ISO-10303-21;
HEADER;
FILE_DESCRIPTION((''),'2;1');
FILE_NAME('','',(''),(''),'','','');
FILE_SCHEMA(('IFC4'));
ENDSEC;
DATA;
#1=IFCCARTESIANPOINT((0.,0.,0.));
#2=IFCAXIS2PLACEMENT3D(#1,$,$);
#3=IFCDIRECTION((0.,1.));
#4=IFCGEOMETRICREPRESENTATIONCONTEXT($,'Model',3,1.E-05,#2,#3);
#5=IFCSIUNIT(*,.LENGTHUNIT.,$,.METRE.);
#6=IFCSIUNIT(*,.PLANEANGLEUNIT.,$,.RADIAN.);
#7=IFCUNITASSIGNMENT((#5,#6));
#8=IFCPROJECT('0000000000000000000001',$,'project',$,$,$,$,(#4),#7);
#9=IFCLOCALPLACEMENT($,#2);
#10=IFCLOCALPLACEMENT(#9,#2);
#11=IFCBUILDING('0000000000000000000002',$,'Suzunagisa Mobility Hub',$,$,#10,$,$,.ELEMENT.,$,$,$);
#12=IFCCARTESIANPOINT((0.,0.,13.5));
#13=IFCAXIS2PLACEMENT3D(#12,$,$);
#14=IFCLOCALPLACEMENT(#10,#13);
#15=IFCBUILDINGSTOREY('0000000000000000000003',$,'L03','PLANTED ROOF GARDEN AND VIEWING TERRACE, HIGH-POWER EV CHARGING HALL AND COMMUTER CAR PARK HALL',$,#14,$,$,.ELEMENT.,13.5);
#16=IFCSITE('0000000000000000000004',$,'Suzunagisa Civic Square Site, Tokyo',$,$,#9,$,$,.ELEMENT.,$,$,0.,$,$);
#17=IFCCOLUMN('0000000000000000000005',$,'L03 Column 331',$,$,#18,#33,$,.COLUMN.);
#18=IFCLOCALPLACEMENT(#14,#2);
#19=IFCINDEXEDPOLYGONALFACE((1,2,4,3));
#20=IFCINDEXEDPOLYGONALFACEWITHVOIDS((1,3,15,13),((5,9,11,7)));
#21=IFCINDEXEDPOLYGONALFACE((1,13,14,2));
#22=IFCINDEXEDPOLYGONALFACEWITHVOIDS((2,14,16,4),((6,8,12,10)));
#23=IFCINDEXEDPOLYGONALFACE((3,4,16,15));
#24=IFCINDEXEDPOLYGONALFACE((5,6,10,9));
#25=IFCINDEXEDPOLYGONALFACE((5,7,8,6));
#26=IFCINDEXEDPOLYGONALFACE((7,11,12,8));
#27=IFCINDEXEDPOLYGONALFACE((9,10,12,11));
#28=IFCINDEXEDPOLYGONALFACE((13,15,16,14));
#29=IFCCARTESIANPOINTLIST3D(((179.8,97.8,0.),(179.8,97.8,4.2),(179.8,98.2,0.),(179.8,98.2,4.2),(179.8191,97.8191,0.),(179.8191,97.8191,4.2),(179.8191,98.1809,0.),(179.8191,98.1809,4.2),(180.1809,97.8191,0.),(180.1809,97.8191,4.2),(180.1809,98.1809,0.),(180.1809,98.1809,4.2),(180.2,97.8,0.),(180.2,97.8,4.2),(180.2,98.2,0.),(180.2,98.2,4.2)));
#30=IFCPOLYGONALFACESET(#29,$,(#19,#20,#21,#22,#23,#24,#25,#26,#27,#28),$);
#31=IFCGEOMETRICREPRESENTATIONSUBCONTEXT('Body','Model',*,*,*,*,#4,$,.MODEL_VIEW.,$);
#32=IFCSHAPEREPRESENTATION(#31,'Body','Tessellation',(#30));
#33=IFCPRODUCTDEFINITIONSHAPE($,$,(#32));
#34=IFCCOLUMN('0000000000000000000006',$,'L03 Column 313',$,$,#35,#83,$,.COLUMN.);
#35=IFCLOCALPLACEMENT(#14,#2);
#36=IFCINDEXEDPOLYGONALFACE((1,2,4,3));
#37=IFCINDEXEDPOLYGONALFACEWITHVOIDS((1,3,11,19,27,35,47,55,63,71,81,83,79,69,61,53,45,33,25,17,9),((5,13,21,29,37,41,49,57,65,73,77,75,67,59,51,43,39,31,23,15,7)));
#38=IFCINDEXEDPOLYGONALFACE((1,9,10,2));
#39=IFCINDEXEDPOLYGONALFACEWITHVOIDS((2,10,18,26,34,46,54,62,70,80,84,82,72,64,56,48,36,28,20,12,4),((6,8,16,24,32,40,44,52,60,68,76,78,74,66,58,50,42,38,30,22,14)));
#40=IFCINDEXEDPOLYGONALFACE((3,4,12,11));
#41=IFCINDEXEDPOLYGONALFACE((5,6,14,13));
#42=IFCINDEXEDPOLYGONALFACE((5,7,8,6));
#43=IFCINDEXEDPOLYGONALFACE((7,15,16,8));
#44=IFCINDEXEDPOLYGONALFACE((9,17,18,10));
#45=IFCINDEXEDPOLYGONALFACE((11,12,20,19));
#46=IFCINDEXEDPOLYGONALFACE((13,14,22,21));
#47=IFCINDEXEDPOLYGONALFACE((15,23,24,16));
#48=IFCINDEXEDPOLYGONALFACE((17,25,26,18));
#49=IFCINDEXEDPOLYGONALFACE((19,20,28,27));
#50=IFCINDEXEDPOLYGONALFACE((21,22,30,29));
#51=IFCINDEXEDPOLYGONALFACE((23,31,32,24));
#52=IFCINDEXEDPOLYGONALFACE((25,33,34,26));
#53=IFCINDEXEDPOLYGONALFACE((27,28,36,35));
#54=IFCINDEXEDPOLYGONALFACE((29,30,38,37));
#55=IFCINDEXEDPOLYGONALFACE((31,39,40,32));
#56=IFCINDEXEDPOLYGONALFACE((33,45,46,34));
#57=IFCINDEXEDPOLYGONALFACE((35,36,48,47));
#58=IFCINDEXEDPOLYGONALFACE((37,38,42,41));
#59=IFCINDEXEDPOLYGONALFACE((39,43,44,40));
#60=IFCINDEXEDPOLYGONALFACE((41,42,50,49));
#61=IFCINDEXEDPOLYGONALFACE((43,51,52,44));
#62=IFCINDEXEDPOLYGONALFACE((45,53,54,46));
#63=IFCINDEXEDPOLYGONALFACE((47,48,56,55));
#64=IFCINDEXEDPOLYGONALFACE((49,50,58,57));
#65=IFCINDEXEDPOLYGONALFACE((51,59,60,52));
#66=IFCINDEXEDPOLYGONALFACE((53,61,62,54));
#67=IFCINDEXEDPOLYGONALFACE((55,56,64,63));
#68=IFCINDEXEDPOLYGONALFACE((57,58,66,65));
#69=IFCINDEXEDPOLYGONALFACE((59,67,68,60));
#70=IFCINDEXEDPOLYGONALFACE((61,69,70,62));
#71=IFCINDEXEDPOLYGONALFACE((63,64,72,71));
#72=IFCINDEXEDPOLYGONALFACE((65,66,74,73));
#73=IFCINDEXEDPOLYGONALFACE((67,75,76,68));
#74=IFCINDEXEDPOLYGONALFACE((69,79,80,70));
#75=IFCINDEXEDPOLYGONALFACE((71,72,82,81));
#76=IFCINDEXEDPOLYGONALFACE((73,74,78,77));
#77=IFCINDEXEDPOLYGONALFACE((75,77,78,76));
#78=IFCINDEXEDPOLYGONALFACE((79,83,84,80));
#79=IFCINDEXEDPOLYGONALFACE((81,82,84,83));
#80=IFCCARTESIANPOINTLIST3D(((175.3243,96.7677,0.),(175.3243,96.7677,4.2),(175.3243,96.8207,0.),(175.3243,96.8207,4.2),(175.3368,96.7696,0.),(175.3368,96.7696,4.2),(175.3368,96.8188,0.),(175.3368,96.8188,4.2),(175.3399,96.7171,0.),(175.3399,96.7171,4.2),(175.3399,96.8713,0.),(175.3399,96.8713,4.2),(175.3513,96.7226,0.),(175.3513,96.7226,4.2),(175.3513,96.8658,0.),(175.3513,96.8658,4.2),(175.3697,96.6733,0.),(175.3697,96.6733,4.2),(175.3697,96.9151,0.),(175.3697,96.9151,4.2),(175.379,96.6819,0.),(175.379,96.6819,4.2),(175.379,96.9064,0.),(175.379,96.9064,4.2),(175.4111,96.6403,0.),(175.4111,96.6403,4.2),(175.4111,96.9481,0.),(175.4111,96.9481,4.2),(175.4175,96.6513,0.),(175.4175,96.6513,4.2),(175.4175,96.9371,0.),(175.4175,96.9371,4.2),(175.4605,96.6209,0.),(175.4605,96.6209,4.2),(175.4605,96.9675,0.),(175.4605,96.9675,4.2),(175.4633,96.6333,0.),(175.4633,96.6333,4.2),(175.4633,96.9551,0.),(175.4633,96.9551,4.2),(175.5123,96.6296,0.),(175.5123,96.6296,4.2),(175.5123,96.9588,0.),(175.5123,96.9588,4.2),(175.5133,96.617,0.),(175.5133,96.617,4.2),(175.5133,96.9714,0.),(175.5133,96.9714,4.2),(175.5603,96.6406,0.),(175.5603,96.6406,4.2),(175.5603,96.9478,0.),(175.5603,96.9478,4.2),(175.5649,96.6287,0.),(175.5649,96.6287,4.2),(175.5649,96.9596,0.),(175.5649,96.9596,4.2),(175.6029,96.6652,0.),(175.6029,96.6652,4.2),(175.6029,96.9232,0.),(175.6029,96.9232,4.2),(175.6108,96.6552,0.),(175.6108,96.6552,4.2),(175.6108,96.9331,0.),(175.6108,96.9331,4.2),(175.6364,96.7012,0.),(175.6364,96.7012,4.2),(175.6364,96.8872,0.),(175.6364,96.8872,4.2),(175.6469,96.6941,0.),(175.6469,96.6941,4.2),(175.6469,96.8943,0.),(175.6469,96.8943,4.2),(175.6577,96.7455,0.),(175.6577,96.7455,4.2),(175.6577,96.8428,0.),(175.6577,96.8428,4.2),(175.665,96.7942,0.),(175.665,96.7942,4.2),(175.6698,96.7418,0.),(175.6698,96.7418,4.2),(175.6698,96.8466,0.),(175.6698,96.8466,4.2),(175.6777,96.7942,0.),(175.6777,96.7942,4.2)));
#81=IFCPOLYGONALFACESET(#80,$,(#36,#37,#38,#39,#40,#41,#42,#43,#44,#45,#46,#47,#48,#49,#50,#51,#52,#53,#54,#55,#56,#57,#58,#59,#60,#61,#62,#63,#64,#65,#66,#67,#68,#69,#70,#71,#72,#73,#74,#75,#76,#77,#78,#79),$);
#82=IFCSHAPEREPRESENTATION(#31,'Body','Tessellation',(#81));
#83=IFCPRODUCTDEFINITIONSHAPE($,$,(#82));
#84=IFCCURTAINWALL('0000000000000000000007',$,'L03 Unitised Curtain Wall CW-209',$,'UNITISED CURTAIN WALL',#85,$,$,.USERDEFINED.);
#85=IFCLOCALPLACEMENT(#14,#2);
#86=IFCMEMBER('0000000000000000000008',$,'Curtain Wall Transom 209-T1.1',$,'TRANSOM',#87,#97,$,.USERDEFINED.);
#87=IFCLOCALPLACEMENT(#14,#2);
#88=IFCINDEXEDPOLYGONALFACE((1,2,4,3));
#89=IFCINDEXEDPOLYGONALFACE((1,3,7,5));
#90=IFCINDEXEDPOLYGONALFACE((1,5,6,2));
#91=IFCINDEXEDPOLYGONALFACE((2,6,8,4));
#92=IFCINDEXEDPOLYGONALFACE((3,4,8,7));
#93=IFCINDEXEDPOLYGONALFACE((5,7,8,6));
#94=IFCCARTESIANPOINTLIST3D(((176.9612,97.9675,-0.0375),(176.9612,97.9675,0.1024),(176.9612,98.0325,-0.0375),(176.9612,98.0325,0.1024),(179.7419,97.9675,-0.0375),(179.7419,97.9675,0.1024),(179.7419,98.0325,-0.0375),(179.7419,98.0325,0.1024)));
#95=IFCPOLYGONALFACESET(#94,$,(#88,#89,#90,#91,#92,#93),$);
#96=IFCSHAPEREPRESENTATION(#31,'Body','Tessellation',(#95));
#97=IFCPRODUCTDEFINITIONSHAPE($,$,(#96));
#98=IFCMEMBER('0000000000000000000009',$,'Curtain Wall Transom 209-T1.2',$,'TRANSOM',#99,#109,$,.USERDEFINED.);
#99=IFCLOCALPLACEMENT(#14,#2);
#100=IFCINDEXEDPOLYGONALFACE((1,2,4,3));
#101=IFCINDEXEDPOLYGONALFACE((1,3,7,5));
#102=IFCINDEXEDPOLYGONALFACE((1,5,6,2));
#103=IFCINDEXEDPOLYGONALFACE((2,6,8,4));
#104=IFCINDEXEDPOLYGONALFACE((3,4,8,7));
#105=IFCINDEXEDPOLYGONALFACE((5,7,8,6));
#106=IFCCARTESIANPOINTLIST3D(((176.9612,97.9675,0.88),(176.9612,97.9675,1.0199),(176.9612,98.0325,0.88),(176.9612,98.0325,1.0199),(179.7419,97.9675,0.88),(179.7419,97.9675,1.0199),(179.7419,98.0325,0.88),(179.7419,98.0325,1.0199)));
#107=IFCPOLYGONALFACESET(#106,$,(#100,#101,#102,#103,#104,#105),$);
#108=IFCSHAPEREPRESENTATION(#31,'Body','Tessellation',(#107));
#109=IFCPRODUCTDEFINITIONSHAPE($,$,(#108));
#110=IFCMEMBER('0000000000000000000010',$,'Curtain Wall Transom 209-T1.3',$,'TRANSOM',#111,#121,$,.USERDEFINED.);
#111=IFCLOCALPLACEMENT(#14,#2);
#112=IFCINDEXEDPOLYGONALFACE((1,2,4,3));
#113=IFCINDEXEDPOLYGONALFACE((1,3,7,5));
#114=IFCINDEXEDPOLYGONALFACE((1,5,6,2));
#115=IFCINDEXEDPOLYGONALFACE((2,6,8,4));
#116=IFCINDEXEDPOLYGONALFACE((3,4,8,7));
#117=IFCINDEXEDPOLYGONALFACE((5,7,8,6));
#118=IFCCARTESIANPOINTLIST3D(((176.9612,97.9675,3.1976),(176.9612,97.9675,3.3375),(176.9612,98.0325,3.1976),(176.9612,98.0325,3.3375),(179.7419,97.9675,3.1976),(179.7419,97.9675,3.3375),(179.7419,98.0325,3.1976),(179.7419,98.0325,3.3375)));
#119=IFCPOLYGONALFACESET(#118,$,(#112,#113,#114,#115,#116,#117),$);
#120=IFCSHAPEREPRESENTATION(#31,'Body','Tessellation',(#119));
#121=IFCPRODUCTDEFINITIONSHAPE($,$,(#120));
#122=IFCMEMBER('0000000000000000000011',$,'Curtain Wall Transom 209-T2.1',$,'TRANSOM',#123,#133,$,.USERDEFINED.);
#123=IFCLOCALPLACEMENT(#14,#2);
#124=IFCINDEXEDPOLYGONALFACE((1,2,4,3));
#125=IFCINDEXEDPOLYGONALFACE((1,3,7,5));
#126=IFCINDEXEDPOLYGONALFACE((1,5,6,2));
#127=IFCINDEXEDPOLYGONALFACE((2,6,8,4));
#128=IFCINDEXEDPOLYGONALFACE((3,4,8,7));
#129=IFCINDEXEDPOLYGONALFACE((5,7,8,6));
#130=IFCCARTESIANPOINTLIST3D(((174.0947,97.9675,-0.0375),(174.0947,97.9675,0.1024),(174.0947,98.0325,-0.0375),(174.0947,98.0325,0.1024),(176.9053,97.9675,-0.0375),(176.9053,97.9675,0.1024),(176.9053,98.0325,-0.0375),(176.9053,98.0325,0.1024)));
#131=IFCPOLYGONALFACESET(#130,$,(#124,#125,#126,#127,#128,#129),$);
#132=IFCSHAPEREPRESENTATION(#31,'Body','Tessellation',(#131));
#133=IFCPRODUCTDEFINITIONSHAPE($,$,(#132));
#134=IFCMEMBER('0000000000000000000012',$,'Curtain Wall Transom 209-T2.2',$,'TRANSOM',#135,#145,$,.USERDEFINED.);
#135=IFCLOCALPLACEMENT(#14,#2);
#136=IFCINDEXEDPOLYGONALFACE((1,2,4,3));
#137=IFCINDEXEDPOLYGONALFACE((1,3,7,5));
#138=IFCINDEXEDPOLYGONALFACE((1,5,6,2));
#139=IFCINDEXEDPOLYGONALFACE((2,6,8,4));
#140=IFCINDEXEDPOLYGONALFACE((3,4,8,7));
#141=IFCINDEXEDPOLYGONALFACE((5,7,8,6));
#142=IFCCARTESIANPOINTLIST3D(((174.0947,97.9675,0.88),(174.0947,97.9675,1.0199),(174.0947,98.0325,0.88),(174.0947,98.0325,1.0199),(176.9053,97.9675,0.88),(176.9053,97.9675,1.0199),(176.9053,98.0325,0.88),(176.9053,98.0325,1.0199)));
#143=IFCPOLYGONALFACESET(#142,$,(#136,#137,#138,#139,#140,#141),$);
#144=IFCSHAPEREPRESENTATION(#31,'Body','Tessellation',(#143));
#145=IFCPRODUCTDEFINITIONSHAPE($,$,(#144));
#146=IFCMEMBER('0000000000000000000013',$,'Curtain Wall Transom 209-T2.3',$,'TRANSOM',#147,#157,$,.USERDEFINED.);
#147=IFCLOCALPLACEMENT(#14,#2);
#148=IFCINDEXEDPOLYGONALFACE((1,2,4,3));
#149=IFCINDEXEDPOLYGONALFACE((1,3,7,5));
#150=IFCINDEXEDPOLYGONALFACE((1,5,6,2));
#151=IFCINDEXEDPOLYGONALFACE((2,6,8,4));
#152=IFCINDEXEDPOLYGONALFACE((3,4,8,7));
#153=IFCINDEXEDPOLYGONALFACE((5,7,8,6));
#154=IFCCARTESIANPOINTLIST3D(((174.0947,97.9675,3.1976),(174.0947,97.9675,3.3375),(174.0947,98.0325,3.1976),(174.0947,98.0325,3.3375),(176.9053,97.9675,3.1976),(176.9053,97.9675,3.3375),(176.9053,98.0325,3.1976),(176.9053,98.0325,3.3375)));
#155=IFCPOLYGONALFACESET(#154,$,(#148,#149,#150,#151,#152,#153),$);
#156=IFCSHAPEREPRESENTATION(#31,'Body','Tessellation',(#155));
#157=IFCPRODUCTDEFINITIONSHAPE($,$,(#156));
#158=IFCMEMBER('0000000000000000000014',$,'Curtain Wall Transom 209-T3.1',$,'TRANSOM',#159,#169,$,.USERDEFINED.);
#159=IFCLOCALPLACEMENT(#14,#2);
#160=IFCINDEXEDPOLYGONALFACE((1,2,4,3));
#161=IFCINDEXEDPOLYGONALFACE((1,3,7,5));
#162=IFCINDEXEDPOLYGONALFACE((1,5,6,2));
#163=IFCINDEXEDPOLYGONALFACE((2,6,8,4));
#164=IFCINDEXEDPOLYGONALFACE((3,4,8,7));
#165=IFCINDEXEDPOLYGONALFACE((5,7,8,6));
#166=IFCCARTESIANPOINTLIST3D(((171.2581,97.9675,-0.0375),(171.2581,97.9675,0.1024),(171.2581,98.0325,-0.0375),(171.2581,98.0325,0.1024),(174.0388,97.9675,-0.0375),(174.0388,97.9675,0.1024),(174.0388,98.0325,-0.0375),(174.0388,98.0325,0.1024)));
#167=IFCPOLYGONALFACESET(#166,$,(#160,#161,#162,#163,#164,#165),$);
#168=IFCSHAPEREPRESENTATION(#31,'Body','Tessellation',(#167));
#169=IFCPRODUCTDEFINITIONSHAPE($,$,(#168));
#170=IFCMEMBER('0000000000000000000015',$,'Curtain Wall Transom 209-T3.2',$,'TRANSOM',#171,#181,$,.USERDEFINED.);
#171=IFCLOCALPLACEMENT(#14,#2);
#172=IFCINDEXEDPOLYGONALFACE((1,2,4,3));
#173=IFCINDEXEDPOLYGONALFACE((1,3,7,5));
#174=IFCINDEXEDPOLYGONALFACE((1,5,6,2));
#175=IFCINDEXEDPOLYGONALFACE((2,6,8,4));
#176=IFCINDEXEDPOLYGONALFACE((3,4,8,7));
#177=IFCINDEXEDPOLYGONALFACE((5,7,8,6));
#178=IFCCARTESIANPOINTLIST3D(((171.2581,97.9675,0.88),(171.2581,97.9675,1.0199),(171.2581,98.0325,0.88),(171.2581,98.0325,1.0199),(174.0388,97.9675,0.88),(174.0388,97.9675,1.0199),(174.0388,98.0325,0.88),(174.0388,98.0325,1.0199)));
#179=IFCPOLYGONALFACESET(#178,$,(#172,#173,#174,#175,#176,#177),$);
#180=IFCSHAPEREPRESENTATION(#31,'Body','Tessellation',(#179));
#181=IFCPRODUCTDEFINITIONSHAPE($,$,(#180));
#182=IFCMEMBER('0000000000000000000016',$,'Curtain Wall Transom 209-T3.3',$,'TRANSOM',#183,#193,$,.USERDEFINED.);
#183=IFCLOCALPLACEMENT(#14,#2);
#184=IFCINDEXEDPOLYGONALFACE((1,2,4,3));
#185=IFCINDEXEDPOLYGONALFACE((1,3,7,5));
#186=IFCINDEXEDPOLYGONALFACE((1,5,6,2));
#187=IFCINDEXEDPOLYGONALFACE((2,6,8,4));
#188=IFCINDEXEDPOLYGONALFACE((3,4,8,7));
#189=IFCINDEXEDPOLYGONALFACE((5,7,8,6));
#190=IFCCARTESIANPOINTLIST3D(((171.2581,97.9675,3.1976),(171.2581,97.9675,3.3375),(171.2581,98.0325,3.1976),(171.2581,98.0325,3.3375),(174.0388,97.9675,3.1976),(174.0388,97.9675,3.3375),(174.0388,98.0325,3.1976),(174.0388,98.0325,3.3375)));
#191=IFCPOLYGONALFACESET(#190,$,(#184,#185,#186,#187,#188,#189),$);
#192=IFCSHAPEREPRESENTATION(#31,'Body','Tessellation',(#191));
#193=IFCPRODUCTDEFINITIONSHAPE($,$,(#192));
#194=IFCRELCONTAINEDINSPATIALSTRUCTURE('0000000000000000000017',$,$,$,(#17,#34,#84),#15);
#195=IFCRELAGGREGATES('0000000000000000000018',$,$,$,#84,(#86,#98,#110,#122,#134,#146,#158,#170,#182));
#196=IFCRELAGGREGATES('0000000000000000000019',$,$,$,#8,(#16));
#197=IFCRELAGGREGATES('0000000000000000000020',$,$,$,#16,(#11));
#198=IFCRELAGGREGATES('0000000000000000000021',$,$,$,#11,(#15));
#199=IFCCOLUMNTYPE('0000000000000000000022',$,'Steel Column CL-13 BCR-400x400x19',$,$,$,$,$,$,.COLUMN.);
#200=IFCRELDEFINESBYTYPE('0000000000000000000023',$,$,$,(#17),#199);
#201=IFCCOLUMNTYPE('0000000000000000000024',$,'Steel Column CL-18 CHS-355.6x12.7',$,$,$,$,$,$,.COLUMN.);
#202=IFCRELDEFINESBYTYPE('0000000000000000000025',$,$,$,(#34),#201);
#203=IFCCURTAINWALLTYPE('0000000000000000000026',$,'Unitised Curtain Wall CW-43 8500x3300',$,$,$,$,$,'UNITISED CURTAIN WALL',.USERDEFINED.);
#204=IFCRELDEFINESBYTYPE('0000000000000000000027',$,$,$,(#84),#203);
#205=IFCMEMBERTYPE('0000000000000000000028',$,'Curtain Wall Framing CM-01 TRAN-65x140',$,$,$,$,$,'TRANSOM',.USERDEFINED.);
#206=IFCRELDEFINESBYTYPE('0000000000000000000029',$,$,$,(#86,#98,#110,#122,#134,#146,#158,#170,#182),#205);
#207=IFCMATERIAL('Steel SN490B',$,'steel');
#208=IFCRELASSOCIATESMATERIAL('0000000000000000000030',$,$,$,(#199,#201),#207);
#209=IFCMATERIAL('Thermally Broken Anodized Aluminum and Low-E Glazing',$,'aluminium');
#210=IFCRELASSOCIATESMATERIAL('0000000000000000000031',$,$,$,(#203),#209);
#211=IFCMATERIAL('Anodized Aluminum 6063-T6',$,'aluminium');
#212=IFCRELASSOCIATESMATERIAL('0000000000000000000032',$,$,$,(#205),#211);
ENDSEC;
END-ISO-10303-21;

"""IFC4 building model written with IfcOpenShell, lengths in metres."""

from ifc_helpers import new_model, si_unit, direction, frame, origin, origin_2d, place, context, subcontext, project, spatial, rectangle, hollow_rectangle, hollow_circle, extrude, material, material_profile, profile_set, type_object, element, aggregate, save


model = new_model("IFC4")

# Units and contexts
model_context = context("Model", 3, precision=1e-05, world=origin(), true_north=direction((0.0, 1.0)))
body_context = subcontext(model_context, "Body", "Model", "MODEL_VIEW")
ifc_project = project(units=[si_unit("LENGTHUNIT", "METRE"), si_unit("PLANEANGLEUNIT", "RADIAN")], contexts=[model_context])

# Site, building, storey
site_placement = place(None, origin())
site = spatial("IfcSite", under=ifc_project, at=site_placement, Name="Suzunagisa Civic Square Site, Tokyo", CompositionType="ELEMENT", RefElevation=0.0)
building_placement = place(site_placement, origin())
building = spatial("IfcBuilding", under=site, at=building_placement, Name="Suzunagisa Mobility Hub", CompositionType="ELEMENT")
storey_placement = place(building_placement, frame((0.0, 0.0, 13.5)))
storey = spatial("IfcBuildingStorey", under=building, at=storey_placement, Name="L03", Description="PLANTED ROOF GARDEN AND VIEWING TERRACE, HIGH-POWER EV CHARGING HALL AND COMMUTER CAR PARK HALL", CompositionType="ELEMENT", Elevation=13.5)

# Columns
ifc_material_1 = material(Name="Steel SN490B", Category="steel")
ifc_material_profile_1 = material_profile(ifc_material_1, hollow_rectangle(XDim=0.3999, YDim=0.3999, WallThickness=0.019, at=origin_2d()), Name="BCR-400x400x19")
ifc_profile_set_1 = profile_set([ifc_material_profile_1], Name="Steel SN490B")
column_type_1 = type_object("IfcColumnType", Name="Steel Column CL-13 BCR-400x400x19", PredefinedType="COLUMN", material=ifc_profile_set_1)
column_1_placement = place(storey_placement, frame((180.0, 98.0, 0.0), z_axis=(0.0, 0.0, 1.0), x_axis=(1.0, 0.0, 0.0)))
element("IfcColumn", 1, at=column_1_placement, inside=storey, type_object=column_type_1, Name="L03 Column 331", PredefinedType="COLUMN", context=body_context, shape_type="SweptSolid", body=[
    extrude(hollow_rectangle(XDim=0.3999, YDim=0.3999, WallThickness=0.019, at=origin_2d()), origin(), (0.0, 0.0, 1.0), 4.2),
])
ifc_material_profile_2 = material_profile(ifc_material_1, hollow_circle(Radius=0.1777, WallThickness=0.0127, at=origin_2d()), Name="CHS-355.6x12.7")
ifc_profile_set_2 = profile_set([ifc_material_profile_2], Name="Steel SN490B")
column_type_2 = type_object("IfcColumnType", Name="Steel Column CL-18 CHS-355.6x12.7", PredefinedType="COLUMN", material=ifc_profile_set_2)
column_2_placement = place(storey_placement, frame((175.5, 96.7942, 0.0), z_axis=(0.0, 0.0, 1.0), x_axis=(1.0, 0.0, 0.0)))
element("IfcColumn", 2, at=column_2_placement, inside=storey, type_object=column_type_2, Name="L03 Column 313", PredefinedType="COLUMN", context=body_context, shape_type="SweptSolid", body=[
    extrude(hollow_circle(Radius=0.1777, WallThickness=0.0127, at=origin_2d()), origin(), (0.0, 0.0, 1.0), 4.2),
])

# Curtain wall, members
ifc_material_2 = material(Name="Thermally Broken Anodized Aluminum and Low-E Glazing", Category="aluminium")
curtain_wall_type_1 = type_object("IfcCurtainWallType", Name="Unitised Curtain Wall CW-43 8500x3300", ElementType="UNITISED CURTAIN WALL", PredefinedType="USERDEFINED", material=ifc_material_2)
curtain_wall_1_placement = place(storey_placement, origin())
curtain_wall_1 = element("IfcCurtainWall", 3, at=curtain_wall_1_placement, inside=storey, type_object=curtain_wall_type_1, Name="L03 Unitised Curtain Wall CW-209", ObjectType="UNITISED CURTAIN WALL", PredefinedType="USERDEFINED")
ifc_material_3 = material(Name="Anodized Aluminum 6063-T6", Category="aluminium")
ifc_material_profile_3 = material_profile(ifc_material_3, rectangle(XDim=0.0649, YDim=0.1399, at=origin_2d()), Name="TRAN-65x140")
ifc_profile_set_3 = profile_set([ifc_material_profile_3], Name="Anodized Aluminum 6063-T6")
member_type_1 = type_object("IfcMemberType", Name="Curtain Wall Framing CM-01 TRAN-65x140", ElementType="TRANSOM", PredefinedType="USERDEFINED", material=ifc_profile_set_3)
member_1_placement = place(storey_placement, frame((179.7419, 98.0, 0.0325), z_axis=(-1.0, 0.0, 0.0), x_axis=(0.0, -1.0, 0.0)))
member_1 = element("IfcMember", 4, at=member_1_placement, type_object=member_type_1, Name="Curtain Wall Transom 209-T1.1", ObjectType="TRANSOM", PredefinedType="USERDEFINED", context=body_context, shape_type="SweptSolid", body=[
    extrude(rectangle(XDim=0.0649, YDim=0.1399, at=origin_2d()), origin(), (0.0, 0.0, 1.0), 2.7808),
])
member_2_placement = place(storey_placement, frame((179.7419, 98.0, 0.95), z_axis=(-1.0, 0.0, 0.0), x_axis=(0.0, -1.0, 0.0)))
member_2 = element("IfcMember", 5, at=member_2_placement, type_object=member_type_1, Name="Curtain Wall Transom 209-T1.2", ObjectType="TRANSOM", PredefinedType="USERDEFINED", context=body_context, shape_type="SweptSolid", body=[
    extrude(rectangle(XDim=0.0649, YDim=0.1399, at=origin_2d()), origin(), (0.0, 0.0, 1.0), 2.7808),
])
member_3_placement = place(storey_placement, frame((179.7419, 98.0, 3.2676), z_axis=(-1.0, 0.0, 0.0), x_axis=(0.0, -1.0, 0.0)))
member_3 = element("IfcMember", 6, at=member_3_placement, type_object=member_type_1, Name="Curtain Wall Transom 209-T1.3", ObjectType="TRANSOM", PredefinedType="USERDEFINED", context=body_context, shape_type="SweptSolid", body=[
    extrude(rectangle(XDim=0.0649, YDim=0.1399, at=origin_2d()), origin(), (0.0, 0.0, 1.0), 2.7808),
])
member_4_placement = place(storey_placement, frame((176.9053, 98.0, 0.0325), z_axis=(-1.0, 0.0, 0.0), x_axis=(0.0, -1.0, 0.0)))
member_4 = element("IfcMember", 7, at=member_4_placement, type_object=member_type_1, Name="Curtain Wall Transom 209-T2.1", ObjectType="TRANSOM", PredefinedType="USERDEFINED", context=body_context, shape_type="SweptSolid", body=[
    extrude(rectangle(XDim=0.0649, YDim=0.1399, at=origin_2d()), origin(), (0.0, 0.0, 1.0), 2.8105),
])
member_5_placement = place(storey_placement, frame((176.9053, 98.0, 0.95), z_axis=(-1.0, 0.0, 0.0), x_axis=(0.0, -1.0, 0.0)))
member_5 = element("IfcMember", 8, at=member_5_placement, type_object=member_type_1, Name="Curtain Wall Transom 209-T2.2", ObjectType="TRANSOM", PredefinedType="USERDEFINED", context=body_context, shape_type="SweptSolid", body=[
    extrude(rectangle(XDim=0.0649, YDim=0.1399, at=origin_2d()), origin(), (0.0, 0.0, 1.0), 2.8105),
])
member_6_placement = place(storey_placement, frame((176.9053, 98.0, 3.2676), z_axis=(-1.0, 0.0, 0.0), x_axis=(0.0, -1.0, 0.0)))
member_6 = element("IfcMember", 9, at=member_6_placement, type_object=member_type_1, Name="Curtain Wall Transom 209-T2.3", ObjectType="TRANSOM", PredefinedType="USERDEFINED", context=body_context, shape_type="SweptSolid", body=[
    extrude(rectangle(XDim=0.0649, YDim=0.1399, at=origin_2d()), origin(), (0.0, 0.0, 1.0), 2.8105),
])
member_7_placement = place(storey_placement, frame((174.0388, 98.0, 0.0325), z_axis=(-1.0, 0.0, 0.0), x_axis=(0.0, -1.0, 0.0)))
member_7 = element("IfcMember", 10, at=member_7_placement, type_object=member_type_1, Name="Curtain Wall Transom 209-T3.1", ObjectType="TRANSOM", PredefinedType="USERDEFINED", context=body_context, shape_type="SweptSolid", body=[
    extrude(rectangle(XDim=0.0649, YDim=0.1399, at=origin_2d()), origin(), (0.0, 0.0, 1.0), 2.7808),
])
member_8_placement = place(storey_placement, frame((174.0388, 98.0, 0.95), z_axis=(-1.0, 0.0, 0.0), x_axis=(0.0, -1.0, 0.0)))
member_8 = element("IfcMember", 11, at=member_8_placement, type_object=member_type_1, Name="Curtain Wall Transom 209-T3.2", ObjectType="TRANSOM", PredefinedType="USERDEFINED", context=body_context, shape_type="SweptSolid", body=[
    extrude(rectangle(XDim=0.0649, YDim=0.1399, at=origin_2d()), origin(), (0.0, 0.0, 1.0), 2.7808),
])
member_9_placement = place(storey_placement, frame((174.0388, 98.0, 3.2676), z_axis=(-1.0, 0.0, 0.0), x_axis=(0.0, -1.0, 0.0)))
member_9 = element("IfcMember", 12, at=member_9_placement, type_object=member_type_1, Name="Curtain Wall Transom 209-T3.3", ObjectType="TRANSOM", PredefinedType="USERDEFINED", context=body_context, shape_type="SweptSolid", body=[
    extrude(rectangle(XDim=0.0649, YDim=0.1399, at=origin_2d()), origin(), (0.0, 0.0, 1.0), 2.7808),
])

aggregate(curtain_wall_1, [member_1, member_2, member_3, member_4, member_5, member_6, member_7, member_8, member_9])

save(model, "model.ifc")
